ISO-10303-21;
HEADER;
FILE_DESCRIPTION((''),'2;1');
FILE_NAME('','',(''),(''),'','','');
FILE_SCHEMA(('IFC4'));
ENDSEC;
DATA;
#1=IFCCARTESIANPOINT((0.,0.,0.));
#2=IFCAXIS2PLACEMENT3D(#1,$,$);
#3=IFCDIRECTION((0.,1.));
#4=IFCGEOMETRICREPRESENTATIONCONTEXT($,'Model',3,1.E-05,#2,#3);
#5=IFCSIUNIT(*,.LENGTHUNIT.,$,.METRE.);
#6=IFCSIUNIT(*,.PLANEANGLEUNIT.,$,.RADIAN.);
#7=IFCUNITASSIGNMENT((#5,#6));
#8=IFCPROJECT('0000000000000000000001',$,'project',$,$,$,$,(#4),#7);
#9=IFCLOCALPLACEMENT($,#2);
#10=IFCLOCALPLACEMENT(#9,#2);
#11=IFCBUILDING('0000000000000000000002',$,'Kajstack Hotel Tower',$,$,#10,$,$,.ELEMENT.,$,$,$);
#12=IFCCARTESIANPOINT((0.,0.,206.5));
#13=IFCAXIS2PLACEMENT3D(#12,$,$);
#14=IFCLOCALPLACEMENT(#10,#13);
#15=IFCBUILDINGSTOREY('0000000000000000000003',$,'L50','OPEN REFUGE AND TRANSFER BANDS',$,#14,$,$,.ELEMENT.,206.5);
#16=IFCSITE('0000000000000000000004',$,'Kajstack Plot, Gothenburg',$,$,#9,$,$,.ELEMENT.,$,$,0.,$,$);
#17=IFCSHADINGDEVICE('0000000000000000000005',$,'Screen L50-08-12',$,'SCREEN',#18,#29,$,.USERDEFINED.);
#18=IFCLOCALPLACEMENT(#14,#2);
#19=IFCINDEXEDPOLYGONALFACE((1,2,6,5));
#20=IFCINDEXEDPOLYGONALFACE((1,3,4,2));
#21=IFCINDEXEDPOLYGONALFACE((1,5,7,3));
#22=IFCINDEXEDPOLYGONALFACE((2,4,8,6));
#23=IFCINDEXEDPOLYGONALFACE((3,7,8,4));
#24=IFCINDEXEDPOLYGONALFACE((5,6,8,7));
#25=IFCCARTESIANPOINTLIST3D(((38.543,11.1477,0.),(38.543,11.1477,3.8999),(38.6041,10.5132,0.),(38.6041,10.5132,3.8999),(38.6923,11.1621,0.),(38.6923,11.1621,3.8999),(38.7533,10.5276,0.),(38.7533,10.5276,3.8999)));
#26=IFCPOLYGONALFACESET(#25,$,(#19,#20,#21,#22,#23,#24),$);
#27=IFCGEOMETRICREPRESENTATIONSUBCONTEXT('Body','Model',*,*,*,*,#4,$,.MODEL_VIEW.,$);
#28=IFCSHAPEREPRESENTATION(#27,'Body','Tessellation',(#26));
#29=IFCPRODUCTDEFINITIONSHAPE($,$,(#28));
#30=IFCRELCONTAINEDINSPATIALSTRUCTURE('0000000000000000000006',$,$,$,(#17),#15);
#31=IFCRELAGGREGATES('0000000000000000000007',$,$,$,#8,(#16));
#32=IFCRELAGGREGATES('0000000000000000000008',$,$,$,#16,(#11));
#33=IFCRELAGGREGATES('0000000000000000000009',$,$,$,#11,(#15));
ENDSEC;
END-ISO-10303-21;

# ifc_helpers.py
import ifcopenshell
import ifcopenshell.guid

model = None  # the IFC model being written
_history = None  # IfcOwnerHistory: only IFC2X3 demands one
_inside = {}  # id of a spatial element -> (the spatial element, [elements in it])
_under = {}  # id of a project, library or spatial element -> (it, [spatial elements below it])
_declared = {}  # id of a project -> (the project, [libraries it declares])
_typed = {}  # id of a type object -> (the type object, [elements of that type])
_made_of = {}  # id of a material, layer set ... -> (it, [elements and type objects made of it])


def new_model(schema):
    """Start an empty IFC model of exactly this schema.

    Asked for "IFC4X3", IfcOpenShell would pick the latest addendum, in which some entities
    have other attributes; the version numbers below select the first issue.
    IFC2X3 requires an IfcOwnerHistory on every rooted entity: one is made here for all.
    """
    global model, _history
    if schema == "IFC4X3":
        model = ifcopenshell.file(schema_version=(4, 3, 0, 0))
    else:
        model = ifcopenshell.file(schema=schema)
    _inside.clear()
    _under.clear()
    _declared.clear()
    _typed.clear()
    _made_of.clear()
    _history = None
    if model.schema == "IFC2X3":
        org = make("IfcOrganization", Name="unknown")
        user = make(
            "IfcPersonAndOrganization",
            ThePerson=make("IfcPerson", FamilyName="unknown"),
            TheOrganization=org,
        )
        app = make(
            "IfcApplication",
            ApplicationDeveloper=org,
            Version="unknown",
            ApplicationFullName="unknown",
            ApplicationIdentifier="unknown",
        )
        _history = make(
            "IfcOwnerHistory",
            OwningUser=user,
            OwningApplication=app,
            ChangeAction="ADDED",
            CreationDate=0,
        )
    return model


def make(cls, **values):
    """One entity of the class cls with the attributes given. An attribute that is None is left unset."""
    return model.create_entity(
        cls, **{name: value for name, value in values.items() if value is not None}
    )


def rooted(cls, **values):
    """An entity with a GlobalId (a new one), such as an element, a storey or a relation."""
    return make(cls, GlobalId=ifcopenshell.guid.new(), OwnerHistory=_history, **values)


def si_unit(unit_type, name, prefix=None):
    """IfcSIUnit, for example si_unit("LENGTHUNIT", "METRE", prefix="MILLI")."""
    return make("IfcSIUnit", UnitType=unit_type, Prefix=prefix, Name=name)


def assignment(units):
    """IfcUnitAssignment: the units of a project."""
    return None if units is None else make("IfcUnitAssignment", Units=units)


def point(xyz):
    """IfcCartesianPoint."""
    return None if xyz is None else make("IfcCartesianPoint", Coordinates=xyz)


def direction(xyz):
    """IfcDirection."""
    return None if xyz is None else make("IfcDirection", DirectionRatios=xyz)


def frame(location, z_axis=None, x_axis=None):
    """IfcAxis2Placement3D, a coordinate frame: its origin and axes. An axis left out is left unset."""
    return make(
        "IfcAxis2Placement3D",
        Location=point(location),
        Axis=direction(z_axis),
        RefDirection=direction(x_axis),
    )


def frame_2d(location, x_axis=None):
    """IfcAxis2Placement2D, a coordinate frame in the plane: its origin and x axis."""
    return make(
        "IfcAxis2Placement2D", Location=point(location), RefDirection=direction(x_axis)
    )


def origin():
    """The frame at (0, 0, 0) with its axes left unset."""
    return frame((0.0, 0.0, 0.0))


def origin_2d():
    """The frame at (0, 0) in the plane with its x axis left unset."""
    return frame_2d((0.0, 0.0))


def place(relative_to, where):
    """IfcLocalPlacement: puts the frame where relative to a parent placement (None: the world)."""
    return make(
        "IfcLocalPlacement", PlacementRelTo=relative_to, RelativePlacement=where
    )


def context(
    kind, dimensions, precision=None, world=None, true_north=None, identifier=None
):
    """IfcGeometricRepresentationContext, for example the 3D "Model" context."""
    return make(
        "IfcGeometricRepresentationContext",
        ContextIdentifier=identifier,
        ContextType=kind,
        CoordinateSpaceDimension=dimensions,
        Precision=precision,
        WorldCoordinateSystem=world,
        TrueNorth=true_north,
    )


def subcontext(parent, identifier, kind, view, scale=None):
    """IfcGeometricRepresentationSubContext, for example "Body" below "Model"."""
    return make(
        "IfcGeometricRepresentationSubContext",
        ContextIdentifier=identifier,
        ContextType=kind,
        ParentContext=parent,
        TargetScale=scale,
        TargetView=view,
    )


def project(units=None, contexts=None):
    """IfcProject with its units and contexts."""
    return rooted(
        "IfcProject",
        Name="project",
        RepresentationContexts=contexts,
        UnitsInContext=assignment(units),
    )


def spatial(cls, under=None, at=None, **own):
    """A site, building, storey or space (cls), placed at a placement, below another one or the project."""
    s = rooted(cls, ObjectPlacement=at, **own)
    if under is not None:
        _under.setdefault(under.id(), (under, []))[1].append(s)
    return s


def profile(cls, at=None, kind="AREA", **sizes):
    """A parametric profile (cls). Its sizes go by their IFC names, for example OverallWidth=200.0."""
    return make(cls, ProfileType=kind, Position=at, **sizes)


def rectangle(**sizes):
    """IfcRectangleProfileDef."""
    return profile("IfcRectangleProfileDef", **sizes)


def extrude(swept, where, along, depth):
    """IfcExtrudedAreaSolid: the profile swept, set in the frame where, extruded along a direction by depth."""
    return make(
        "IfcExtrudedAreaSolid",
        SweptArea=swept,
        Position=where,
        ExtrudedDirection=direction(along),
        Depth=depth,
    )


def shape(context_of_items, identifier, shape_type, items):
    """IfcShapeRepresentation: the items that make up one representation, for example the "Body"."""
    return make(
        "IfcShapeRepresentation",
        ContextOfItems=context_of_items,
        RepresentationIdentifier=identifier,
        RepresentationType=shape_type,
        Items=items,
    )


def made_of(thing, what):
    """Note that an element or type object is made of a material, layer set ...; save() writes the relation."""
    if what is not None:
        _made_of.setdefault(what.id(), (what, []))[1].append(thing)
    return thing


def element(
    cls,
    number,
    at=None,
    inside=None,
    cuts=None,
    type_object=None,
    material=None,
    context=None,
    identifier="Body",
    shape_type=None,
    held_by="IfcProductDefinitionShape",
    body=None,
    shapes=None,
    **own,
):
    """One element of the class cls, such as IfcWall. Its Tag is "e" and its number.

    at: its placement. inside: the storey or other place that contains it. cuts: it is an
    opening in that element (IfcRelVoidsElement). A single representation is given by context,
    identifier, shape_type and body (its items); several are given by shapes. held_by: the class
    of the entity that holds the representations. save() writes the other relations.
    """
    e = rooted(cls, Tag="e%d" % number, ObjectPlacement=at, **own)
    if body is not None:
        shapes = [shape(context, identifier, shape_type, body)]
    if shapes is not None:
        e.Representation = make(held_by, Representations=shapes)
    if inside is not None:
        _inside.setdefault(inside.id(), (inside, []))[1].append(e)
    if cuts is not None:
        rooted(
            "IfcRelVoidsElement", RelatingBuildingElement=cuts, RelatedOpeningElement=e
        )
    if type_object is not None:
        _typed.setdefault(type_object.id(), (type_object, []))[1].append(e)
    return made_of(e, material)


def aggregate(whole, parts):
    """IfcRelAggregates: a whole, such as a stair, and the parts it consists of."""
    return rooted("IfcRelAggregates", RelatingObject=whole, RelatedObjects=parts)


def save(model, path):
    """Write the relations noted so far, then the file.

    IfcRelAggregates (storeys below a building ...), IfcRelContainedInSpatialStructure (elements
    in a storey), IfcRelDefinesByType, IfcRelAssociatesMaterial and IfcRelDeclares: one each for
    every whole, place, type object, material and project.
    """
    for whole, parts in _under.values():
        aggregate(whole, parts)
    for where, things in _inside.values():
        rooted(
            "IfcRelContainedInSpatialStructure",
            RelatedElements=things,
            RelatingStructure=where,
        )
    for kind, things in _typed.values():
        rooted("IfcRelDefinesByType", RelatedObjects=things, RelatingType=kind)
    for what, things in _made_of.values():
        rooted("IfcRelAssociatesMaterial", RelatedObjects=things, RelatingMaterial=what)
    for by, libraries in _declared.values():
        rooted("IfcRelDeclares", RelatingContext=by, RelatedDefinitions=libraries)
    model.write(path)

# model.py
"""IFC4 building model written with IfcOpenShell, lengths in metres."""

from ifc_helpers import new_model, si_unit, direction, frame, origin, origin_2d, place, context, subcontext, project, spatial, rectangle, extrude, element, save


model = new_model("IFC4")

# Units and contexts
model_context = context("Model", 3, precision=1e-05, world=origin(), true_north=direction((0.0, 1.0)))
body_context = subcontext(model_context, "Body", "Model", "MODEL_VIEW")
ifc_project = project(units=[si_unit("LENGTHUNIT", "METRE"), si_unit("PLANEANGLEUNIT", "RADIAN")], contexts=[model_context])

# Site, building, storey
site_placement = place(None, origin())
site = spatial("IfcSite", under=ifc_project, at=site_placement, Name="Kajstack Plot, Gothenburg", CompositionType="ELEMENT", RefElevation=0.0)
building_placement = place(site_placement, origin())
building = spatial("IfcBuilding", under=site, at=building_placement, Name="Kajstack Hotel Tower", CompositionType="ELEMENT")
storey_placement = place(building_placement, frame((0.0, 0.0, 206.5)))
storey = spatial("IfcBuildingStorey", under=building, at=storey_placement, Name="L50", Description="OPEN REFUGE AND TRANSFER BANDS", CompositionType="ELEMENT", Elevation=206.5)

# Shading device
for number, where, z_axis, x_axis, name in (
    (1, (38.6482, 10.8376, 0.0), (0.0, 0.0, 1.0), (-0.095844, 0.995396, 0.0), "Screen L50-08-12"),
):
    element("IfcShadingDevice", number, at=place(storey_placement, frame(where, z_axis=z_axis, x_axis=x_axis)), inside=storey, Name=name, ObjectType="SCREEN", PredefinedType="USERDEFINED", context=body_context, shape_type="SweptSolid", body=[
        extrude(rectangle(XDim=0.6375, YDim=0.1499, at=origin_2d()), origin(), (0.0, 0.0, 1.0), 3.8999),
    ])

save(model, "model.ifc")
